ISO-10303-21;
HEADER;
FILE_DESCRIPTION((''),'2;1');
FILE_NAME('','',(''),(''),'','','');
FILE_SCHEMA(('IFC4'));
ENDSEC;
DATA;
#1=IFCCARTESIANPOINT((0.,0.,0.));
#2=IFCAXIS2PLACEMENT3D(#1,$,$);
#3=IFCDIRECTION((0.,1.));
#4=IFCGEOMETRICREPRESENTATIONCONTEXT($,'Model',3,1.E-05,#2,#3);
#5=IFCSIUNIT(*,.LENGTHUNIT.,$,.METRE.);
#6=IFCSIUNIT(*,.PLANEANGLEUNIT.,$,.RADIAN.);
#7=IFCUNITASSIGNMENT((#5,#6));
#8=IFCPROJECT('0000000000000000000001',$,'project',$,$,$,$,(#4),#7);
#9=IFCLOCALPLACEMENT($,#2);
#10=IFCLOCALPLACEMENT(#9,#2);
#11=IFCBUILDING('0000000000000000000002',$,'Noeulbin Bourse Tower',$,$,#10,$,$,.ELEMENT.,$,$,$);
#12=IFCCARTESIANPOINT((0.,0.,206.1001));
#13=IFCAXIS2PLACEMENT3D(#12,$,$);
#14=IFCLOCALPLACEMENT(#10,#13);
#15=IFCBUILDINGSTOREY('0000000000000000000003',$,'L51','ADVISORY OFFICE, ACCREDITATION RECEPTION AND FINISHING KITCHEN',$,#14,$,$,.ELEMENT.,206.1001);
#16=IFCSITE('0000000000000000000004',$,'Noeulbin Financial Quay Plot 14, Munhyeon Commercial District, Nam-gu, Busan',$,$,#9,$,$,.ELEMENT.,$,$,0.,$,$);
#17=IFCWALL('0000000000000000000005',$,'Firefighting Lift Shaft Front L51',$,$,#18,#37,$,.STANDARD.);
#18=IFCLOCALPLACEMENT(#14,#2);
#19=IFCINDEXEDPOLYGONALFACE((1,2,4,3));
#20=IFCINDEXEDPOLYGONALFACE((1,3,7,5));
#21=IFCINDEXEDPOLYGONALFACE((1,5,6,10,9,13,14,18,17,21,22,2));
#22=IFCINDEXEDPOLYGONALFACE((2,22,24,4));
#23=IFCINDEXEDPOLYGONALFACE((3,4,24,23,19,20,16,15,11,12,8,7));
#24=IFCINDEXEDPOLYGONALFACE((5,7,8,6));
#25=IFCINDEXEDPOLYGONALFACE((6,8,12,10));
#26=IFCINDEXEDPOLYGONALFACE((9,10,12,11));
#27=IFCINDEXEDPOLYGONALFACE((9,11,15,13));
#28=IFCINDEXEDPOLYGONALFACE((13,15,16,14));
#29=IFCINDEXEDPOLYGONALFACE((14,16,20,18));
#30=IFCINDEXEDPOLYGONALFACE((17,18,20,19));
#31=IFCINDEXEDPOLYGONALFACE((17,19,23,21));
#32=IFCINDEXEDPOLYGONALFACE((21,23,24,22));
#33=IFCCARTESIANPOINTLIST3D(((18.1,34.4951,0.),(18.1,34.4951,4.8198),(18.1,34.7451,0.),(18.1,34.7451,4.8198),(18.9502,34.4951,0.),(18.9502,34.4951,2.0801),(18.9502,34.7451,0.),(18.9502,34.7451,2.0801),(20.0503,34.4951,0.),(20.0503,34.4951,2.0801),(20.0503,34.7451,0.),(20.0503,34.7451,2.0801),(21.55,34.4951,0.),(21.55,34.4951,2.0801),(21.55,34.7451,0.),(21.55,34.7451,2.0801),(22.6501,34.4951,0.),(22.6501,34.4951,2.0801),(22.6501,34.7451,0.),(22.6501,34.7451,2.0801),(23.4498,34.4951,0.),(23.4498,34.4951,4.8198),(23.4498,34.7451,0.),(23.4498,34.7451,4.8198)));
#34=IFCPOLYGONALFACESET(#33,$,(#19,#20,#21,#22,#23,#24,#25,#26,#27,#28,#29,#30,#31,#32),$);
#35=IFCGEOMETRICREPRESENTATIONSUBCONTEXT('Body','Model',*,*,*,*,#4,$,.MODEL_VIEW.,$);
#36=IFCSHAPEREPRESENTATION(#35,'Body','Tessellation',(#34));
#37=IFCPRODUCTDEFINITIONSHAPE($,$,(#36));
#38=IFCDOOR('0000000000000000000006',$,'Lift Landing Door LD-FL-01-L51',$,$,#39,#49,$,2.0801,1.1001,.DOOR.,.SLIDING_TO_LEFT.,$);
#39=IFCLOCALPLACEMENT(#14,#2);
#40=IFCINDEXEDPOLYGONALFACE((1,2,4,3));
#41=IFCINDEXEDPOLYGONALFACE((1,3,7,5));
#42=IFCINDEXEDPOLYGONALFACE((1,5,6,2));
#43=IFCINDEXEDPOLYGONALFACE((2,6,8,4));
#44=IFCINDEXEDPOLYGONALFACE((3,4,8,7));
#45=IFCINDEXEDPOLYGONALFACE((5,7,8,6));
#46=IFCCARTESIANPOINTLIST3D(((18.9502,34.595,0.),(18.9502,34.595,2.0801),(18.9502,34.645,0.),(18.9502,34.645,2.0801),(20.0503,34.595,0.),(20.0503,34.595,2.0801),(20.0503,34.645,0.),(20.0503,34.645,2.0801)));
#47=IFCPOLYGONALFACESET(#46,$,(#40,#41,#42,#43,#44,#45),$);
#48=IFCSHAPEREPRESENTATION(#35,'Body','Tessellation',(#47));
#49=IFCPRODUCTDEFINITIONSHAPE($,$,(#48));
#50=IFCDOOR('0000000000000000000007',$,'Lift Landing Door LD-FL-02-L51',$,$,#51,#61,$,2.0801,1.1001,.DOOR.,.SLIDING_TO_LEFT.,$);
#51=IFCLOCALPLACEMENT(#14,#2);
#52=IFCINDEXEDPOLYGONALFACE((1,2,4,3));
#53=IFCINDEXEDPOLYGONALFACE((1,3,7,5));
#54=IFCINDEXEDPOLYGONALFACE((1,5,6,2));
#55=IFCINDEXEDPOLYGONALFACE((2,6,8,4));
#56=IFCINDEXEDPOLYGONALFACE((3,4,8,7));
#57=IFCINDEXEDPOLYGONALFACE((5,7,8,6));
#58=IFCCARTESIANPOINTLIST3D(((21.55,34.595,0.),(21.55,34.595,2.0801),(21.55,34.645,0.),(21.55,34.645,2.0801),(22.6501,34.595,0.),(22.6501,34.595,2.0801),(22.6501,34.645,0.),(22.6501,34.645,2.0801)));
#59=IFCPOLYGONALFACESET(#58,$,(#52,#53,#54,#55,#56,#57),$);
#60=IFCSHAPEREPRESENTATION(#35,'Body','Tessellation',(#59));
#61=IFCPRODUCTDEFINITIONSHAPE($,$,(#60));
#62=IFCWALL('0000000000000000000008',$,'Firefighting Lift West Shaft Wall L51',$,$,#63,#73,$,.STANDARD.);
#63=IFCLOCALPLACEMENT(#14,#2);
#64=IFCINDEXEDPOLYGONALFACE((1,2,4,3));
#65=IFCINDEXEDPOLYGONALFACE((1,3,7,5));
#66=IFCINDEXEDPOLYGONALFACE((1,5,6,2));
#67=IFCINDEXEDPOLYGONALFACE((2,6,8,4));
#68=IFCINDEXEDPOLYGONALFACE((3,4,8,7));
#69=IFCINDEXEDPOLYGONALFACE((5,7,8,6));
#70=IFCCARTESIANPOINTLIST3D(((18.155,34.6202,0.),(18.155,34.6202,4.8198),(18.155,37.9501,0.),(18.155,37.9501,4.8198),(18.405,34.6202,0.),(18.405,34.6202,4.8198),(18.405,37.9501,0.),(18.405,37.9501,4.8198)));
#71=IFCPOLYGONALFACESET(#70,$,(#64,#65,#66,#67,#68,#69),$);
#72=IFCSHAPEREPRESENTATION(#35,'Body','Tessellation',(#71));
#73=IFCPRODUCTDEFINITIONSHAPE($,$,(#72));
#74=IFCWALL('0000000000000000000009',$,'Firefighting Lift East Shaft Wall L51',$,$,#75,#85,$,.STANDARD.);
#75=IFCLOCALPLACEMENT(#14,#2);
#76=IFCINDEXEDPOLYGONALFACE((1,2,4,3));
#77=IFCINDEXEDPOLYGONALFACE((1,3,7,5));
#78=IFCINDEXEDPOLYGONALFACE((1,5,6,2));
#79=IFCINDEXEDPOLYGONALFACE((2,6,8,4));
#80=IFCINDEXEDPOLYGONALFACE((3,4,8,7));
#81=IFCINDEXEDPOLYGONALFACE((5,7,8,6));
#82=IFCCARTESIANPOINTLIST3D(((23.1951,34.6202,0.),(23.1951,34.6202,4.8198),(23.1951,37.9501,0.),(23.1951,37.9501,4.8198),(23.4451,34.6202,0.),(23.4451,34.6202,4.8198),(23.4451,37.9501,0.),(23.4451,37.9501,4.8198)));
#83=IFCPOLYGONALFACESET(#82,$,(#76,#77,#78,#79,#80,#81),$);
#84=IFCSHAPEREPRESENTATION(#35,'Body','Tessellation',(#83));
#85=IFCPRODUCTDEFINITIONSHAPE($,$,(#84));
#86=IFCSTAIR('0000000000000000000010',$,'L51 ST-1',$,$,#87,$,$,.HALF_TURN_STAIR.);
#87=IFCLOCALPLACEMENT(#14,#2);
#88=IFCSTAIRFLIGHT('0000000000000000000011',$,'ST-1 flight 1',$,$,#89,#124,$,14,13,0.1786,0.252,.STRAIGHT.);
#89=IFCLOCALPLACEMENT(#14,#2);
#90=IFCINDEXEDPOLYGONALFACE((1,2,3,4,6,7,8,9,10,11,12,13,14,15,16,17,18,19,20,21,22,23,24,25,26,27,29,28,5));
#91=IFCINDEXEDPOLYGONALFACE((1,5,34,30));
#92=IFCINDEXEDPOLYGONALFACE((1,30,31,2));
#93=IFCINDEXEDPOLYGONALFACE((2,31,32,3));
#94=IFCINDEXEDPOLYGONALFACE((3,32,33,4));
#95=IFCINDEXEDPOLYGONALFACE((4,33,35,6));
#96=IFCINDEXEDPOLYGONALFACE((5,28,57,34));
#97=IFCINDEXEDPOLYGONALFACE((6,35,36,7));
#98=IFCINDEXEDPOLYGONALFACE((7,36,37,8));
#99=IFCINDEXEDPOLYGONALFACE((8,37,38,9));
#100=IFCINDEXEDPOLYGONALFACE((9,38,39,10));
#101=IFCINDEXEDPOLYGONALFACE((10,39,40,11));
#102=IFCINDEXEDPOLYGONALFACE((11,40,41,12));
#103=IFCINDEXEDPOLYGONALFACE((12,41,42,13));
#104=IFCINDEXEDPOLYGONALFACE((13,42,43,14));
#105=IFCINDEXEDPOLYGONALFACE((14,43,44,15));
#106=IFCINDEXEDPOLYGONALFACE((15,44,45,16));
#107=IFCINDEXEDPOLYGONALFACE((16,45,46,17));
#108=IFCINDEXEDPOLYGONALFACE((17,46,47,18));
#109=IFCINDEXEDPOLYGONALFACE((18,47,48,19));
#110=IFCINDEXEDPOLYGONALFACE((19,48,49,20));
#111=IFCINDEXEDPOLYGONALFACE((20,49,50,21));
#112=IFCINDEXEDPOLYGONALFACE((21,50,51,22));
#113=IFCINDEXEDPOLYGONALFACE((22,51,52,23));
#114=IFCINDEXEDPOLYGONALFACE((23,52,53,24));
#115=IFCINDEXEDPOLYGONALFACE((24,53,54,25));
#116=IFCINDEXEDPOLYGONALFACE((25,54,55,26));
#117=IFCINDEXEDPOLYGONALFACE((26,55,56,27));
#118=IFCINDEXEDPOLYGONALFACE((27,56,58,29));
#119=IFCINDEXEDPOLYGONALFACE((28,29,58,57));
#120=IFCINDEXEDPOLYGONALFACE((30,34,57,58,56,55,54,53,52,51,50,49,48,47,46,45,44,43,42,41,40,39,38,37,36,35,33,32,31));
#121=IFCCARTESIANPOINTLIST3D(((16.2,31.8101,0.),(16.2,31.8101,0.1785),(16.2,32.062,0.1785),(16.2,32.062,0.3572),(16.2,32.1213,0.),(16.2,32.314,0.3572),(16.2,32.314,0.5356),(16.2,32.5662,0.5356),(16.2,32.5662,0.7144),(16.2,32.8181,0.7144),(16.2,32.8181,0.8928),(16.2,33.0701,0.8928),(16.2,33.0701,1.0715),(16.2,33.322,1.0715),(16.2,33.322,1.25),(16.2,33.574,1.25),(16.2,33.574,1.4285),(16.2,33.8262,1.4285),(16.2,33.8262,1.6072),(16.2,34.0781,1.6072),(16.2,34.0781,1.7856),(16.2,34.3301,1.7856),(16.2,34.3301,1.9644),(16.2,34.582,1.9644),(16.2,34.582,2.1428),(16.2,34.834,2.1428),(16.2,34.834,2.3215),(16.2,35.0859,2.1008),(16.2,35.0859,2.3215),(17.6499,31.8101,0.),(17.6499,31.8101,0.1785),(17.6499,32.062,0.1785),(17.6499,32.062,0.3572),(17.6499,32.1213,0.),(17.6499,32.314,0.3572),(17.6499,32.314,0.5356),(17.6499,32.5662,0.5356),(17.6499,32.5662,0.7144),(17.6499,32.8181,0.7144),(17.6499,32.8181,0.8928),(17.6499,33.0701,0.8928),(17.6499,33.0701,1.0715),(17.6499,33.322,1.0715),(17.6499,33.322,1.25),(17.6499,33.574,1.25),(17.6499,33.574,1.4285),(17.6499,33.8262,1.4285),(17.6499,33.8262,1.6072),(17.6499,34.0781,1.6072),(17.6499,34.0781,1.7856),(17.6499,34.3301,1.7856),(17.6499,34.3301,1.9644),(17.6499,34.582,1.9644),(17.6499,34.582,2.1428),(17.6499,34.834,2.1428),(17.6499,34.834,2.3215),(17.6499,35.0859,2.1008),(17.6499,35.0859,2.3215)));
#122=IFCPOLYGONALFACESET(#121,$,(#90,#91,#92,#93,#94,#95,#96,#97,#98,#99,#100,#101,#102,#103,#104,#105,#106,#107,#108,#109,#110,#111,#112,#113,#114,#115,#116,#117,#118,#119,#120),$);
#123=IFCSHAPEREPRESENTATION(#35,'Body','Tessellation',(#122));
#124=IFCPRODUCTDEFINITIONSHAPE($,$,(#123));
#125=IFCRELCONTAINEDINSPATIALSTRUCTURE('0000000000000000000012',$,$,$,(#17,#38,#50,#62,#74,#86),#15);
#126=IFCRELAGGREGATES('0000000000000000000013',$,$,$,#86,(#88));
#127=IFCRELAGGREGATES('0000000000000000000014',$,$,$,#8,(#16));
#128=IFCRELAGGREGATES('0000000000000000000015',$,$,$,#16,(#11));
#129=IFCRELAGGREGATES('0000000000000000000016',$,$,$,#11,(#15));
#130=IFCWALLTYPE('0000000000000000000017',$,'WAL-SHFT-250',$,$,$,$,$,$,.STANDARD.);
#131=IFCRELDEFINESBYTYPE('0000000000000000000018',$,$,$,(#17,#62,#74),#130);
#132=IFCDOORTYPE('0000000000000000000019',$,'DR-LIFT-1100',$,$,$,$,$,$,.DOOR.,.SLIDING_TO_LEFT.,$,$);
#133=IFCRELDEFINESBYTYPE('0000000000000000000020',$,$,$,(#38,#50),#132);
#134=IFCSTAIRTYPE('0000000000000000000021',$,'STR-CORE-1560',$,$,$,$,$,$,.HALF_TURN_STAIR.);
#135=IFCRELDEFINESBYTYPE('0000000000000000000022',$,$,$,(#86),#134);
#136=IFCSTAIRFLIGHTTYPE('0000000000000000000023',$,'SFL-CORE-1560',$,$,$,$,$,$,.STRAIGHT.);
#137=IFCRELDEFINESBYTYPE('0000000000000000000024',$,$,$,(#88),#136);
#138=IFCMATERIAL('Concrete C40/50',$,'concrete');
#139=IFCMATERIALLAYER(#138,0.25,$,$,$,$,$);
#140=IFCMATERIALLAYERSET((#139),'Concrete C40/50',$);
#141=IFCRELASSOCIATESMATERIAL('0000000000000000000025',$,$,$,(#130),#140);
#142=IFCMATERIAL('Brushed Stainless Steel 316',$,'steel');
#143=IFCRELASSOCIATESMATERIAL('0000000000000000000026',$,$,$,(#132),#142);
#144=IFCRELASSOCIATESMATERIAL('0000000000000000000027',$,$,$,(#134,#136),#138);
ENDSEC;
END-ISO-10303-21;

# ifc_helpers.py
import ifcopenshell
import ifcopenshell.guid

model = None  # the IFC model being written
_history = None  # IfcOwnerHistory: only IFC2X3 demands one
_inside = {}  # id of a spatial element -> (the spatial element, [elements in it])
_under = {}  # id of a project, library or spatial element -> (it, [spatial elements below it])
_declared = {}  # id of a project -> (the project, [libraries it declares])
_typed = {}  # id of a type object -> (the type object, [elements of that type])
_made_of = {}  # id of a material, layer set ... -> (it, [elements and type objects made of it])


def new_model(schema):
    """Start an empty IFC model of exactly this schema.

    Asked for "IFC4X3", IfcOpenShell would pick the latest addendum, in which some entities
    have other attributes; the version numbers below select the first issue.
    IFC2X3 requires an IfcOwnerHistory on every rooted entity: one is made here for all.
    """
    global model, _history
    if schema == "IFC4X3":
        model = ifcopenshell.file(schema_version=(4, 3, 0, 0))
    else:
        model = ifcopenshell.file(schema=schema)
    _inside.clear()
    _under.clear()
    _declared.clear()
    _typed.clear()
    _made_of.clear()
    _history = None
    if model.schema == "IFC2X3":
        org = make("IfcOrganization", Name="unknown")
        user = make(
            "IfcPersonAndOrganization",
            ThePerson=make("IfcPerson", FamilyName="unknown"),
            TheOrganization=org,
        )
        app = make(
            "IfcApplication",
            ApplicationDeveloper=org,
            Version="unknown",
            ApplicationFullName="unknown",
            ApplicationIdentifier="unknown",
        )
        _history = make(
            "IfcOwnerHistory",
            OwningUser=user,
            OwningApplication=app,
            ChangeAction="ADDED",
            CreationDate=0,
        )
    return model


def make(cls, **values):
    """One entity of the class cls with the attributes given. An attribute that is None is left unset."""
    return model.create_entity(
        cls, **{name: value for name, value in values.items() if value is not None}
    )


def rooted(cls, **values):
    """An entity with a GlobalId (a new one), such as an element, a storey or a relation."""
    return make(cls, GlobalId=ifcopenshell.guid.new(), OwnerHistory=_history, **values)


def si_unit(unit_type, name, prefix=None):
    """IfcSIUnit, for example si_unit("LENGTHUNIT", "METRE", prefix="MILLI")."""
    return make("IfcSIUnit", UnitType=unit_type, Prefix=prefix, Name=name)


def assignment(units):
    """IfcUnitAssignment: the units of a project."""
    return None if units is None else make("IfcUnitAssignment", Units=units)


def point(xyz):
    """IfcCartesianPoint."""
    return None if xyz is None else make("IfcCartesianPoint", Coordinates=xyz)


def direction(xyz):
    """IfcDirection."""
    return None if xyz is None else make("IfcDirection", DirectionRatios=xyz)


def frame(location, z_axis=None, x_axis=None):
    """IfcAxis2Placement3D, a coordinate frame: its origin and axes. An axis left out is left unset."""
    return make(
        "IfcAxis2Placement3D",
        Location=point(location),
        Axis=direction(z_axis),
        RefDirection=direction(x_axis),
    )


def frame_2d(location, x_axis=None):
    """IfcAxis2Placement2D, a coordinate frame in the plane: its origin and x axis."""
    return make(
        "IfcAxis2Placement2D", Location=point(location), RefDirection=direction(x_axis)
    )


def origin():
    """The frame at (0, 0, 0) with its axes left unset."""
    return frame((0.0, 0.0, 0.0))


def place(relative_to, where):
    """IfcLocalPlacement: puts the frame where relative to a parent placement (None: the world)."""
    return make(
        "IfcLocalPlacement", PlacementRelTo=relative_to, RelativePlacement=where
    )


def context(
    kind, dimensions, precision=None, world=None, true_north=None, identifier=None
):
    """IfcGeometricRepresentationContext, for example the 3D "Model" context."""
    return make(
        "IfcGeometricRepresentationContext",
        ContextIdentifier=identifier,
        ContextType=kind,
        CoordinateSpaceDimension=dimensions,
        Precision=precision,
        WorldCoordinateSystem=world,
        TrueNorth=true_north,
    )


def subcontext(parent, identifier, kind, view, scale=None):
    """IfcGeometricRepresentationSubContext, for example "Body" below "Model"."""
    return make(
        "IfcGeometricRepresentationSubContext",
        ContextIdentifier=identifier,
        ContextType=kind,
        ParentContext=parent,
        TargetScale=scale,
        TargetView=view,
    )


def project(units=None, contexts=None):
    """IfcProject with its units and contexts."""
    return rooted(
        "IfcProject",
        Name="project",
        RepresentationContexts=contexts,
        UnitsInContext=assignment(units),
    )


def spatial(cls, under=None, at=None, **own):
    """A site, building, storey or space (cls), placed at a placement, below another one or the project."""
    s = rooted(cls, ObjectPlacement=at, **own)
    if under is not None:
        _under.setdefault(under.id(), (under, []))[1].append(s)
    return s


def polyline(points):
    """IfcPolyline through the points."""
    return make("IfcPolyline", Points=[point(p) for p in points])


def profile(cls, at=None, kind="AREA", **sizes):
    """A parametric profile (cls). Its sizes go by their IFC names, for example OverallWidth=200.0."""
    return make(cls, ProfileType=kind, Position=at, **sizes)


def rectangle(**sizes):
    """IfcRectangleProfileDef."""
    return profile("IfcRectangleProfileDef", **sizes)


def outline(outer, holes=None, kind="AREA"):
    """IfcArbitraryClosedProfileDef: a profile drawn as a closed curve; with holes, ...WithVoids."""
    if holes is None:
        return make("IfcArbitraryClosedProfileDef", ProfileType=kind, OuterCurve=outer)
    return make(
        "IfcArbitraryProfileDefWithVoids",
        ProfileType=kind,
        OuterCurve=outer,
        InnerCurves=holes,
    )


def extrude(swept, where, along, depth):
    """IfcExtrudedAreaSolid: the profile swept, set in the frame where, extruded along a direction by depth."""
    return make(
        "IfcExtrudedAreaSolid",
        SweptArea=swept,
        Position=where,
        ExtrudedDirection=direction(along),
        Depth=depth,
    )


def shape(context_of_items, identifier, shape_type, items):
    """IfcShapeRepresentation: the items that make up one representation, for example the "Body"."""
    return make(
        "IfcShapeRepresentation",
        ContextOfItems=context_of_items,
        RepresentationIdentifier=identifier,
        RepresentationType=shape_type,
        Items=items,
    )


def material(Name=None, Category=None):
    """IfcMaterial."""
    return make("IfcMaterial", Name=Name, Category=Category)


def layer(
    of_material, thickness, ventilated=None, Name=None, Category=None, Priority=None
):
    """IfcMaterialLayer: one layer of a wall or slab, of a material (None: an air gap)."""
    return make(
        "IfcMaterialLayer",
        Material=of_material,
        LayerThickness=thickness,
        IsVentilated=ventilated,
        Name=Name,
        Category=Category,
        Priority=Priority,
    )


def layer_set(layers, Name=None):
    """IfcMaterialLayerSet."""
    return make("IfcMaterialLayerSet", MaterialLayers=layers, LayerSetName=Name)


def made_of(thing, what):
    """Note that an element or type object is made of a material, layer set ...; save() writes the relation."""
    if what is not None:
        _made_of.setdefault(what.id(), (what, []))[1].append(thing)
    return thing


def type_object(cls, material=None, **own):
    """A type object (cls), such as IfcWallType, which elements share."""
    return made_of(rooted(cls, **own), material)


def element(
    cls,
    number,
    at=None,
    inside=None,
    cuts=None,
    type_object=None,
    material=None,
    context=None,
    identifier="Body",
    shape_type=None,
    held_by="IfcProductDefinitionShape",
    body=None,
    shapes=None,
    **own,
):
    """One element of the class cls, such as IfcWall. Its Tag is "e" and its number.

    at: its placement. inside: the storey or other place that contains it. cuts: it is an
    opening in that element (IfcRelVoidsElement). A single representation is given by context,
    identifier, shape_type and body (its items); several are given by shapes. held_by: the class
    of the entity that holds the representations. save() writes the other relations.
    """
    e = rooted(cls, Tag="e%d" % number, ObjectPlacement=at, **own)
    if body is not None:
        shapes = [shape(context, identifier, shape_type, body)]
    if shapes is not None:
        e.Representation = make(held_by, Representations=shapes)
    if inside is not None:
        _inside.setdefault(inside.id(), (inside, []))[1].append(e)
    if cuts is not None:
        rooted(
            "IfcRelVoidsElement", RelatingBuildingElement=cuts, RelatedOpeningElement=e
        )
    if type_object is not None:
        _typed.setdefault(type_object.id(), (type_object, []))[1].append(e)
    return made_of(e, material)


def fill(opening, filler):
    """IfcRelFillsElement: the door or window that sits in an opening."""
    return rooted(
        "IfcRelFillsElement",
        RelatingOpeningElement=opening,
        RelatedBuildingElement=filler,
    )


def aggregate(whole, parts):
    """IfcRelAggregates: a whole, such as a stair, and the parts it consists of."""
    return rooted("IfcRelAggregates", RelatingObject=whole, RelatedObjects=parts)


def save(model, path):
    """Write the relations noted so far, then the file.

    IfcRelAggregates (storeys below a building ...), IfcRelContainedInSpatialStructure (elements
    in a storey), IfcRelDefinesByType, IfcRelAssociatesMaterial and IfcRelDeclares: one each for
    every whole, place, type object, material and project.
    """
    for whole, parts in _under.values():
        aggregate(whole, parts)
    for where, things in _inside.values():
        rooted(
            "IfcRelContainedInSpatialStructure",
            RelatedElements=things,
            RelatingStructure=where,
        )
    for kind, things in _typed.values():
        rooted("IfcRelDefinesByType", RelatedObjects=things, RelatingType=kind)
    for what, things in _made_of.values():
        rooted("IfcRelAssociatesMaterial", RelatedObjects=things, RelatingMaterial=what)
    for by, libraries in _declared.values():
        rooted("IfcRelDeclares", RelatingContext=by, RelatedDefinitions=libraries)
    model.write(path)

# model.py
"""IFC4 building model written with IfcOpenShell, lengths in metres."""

from ifc_helpers import new_model, si_unit, direction, frame, frame_2d, origin, place, context, subcontext, project, spatial, polyline, rectangle, outline, extrude, material, layer, layer_set, type_object, element, fill, aggregate, save


model = new_model("IFC4")

# Units and contexts
model_context = context("Model", 3, precision=1e-05, world=origin(), true_north=direction((0.0, 1.0)))
body_context = subcontext(model_context, "Body", "Model", "MODEL_VIEW")
ifc_project = project(units=[si_unit("LENGTHUNIT", "METRE"), si_unit("PLANEANGLEUNIT", "RADIAN")], contexts=[model_context])

# Site, building, storey
site_placement = place(None, origin())
site = spatial("IfcSite", under=ifc_project, at=site_placement, Name="Noeulbin Financial Quay Plot 14, Munhyeon Commercial District, Nam-gu, Busan", CompositionType="ELEMENT", RefElevation=0.0)
building_placement = place(site_placement, origin())
building = spatial("IfcBuilding", under=site, at=building_placement, Name="Noeulbin Bourse Tower", CompositionType="ELEMENT")
storey_placement = place(building_placement, frame((0.0, 0.0, 206.1001)))
storey = spatial("IfcBuildingStorey", under=building, at=storey_placement, Name="L51", Description="ADVISORY OFFICE, ACCREDITATION RECEPTION AND FINISHING KITCHEN", CompositionType="ELEMENT", Elevation=206.1001)

# Shared definitions
ifc_material_1 = material(Name="Concrete C40/50", Category="concrete")

# Shared definitions
ifc_layer_1 = layer(ifc_material_1, 0.25)
ifc_layer_set_1 = layer_set([ifc_layer_1], Name="Concrete C40/50")
wall_type_1 = type_object("IfcWallType", Name="WAL-SHFT-250", PredefinedType="STANDARD", material=ifc_layer_set_1)

# Wall, openings, doors
wall_1_placement = place(storey_placement, frame((18.1001, 34.6201, 0.0), z_axis=(0.0, 0.0, 1.0), x_axis=(1.0, 0.0, 0.0)))
wall_1 = element("IfcWall", 1, at=wall_1_placement, inside=storey, type_object=wall_type_1, Name="Firefighting Lift Shaft Front L51", PredefinedType="STANDARD", context=body_context, shape_type="SweptSolid", body=[
    extrude(rectangle(XDim=5.3499, YDim=0.25, at=frame_2d((2.6748, 0.0))), origin(), (0.0, 0.0, 1.0), 4.8198),
])
opening_1_placement = place(wall_1_placement, frame((0.8501, 0.0, 0.0)))
opening_1 = element("IfcOpeningElement", 2, at=opening_1_placement, cuts=wall_1, PredefinedType="OPENING", context=body_context, shape_type="SweptSolid", body=[
    extrude(rectangle(XDim=1.1001, YDim=2.0801, at=frame_2d((0.55, 1.04))), frame((0.0, 0.135, 0.0), z_axis=(0.0, -1.0, 0.0), x_axis=(1.0, 0.0, 0.0)), (0.0, 0.0, 1.0), 0.27),
])
opening_2_placement = place(wall_1_placement, frame((3.45, 0.0, 0.0)))
opening_2 = element("IfcOpeningElement", 3, at=opening_2_placement, cuts=wall_1, PredefinedType="OPENING", context=body_context, shape_type="SweptSolid", body=[
    extrude(rectangle(XDim=1.1001, YDim=2.0801, at=frame_2d((0.55, 1.04))), frame((0.0, 0.135, 0.0), z_axis=(0.0, -1.0, 0.0), x_axis=(1.0, 0.0, 0.0)), (0.0, 0.0, 1.0), 0.27),
])
ifc_material_2 = material(Name="Brushed Stainless Steel 316", Category="steel")
door_type_1 = type_object("IfcDoorType", Name="DR-LIFT-1100", OperationType="SLIDING_TO_LEFT", PredefinedType="DOOR", material=ifc_material_2)
door_1_placement = place(opening_1_placement, origin())
door_1 = element("IfcDoor", 4, at=door_1_placement, inside=storey, type_object=door_type_1, Name="Lift Landing Door LD-FL-01-L51", OperationType="SLIDING_TO_LEFT", OverallHeight=2.0801, OverallWidth=1.1001, PredefinedType="DOOR", context=body_context, shape_type="SweptSolid", body=[
    extrude(rectangle(XDim=1.1001, YDim=2.0801, at=frame_2d((0.55, 1.04))), frame((0.0, 0.0249, 0.0), z_axis=(0.0, -1.0, 0.0), x_axis=(1.0, 0.0, 0.0)), (0.0, 0.0, 1.0), 0.05),
])
fill(opening_1, door_1)
door_2_placement = place(opening_2_placement, origin())
door_2 = element("IfcDoor", 5, at=door_2_placement, inside=storey, type_object=door_type_1, Name="Lift Landing Door LD-FL-02-L51", OperationType="SLIDING_TO_LEFT", OverallHeight=2.0801, OverallWidth=1.1001, PredefinedType="DOOR", context=body_context, shape_type="SweptSolid", body=[
    extrude(rectangle(XDim=1.1001, YDim=2.0801, at=frame_2d((0.55, 1.04))), frame((0.0, 0.0249, 0.0), z_axis=(0.0, -1.0, 0.0), x_axis=(1.0, 0.0, 0.0)), (0.0, 0.0, 1.0), 0.05),
])
fill(opening_2, door_2)

# Walls
for number, where, z_axis, x_axis, name in (
    (6, (18.28, 34.6201, 0.0), (0.0, 0.0, 1.0), (0.0, 1.0, 0.0), "Firefighting Lift West Shaft Wall L51"),
    (7, (23.3201, 34.6201, 0.0), (0.0, 0.0, 1.0), (0.0, 1.0, 0.0), "Firefighting Lift East Shaft Wall L51"),
):
    element("IfcWall", number, at=place(storey_placement, frame(where, z_axis=z_axis, x_axis=x_axis)), inside=storey, type_object=wall_type_1, Name=name, PredefinedType="STANDARD", context=body_context, shape_type="SweptSolid", body=[
        extrude(rectangle(XDim=3.3298, YDim=0.25, at=frame_2d((1.665, 0.0))), origin(), (0.0, 0.0, 1.0), 4.8198),
    ])

# Stair, stair flight
stair_type = type_object("IfcStairType", Name="STR-CORE-1560", PredefinedType="HALF_TURN_STAIR", material=ifc_material_1)
stair_placement = place(storey_placement, origin())
stair = element("IfcStair", 8, at=stair_placement, inside=storey, type_object=stair_type, Name="L51 ST-1", PredefinedType="HALF_TURN_STAIR")
stair_flight_type = type_object("IfcStairFlightType", Name="SFL-CORE-1560", PredefinedType="STRAIGHT", material=ifc_material_1)
stair_flight_placement = place(storey_placement, frame((16.925, 31.8101, 0.0), z_axis=(0.0, 0.0, 1.0), x_axis=(0.0, 1.0, 0.0)))
stair_flight = element("IfcStairFlight", 9, at=stair_flight_placement, type_object=stair_flight_type, Name="ST-1 flight 1", NumberOfRisers=14, NumberOfTreads=13, PredefinedType="STRAIGHT", RiserHeight=0.1786, TreadLength=0.252, context=body_context, shape_type="SweptSolid", body=[
    extrude(outline(polyline([(0.0, 0.0), (0.0, 0.1785), (0.252, 0.1785), (0.252, 0.3572), (0.5039, 0.3572), (0.5039, 0.5356), (0.7561, 0.5356), (0.7561, 0.7144), (1.0081, 0.7144), (1.0081, 0.8928), (1.26, 0.8928), (1.26, 1.0715), (1.512, 1.0715), (1.512, 1.25), (1.7639, 1.25), (1.7639, 1.4285), (2.0161, 1.4285), (2.0161, 1.6072), (2.2681, 1.6072), (2.2681, 1.7856), (2.52, 1.7856), (2.52, 1.9644), (2.772, 1.9644), (2.772, 2.1428), (3.0239, 2.1428), (3.0239, 2.3215), (3.2759, 2.3215), (3.2759, 2.5), (3.2759, 2.1008), (0.3113, 0.0), (0.0, 0.0)])), frame((0.0, 0.7251, 0.0), z_axis=(0.0, -1.0, 0.0), x_axis=(1.0, 0.0, 0.0)), (0.0, 0.0, 1.0), 1.45),
])
aggregate(stair, [stair_flight])

save(model, "model.ifc")
